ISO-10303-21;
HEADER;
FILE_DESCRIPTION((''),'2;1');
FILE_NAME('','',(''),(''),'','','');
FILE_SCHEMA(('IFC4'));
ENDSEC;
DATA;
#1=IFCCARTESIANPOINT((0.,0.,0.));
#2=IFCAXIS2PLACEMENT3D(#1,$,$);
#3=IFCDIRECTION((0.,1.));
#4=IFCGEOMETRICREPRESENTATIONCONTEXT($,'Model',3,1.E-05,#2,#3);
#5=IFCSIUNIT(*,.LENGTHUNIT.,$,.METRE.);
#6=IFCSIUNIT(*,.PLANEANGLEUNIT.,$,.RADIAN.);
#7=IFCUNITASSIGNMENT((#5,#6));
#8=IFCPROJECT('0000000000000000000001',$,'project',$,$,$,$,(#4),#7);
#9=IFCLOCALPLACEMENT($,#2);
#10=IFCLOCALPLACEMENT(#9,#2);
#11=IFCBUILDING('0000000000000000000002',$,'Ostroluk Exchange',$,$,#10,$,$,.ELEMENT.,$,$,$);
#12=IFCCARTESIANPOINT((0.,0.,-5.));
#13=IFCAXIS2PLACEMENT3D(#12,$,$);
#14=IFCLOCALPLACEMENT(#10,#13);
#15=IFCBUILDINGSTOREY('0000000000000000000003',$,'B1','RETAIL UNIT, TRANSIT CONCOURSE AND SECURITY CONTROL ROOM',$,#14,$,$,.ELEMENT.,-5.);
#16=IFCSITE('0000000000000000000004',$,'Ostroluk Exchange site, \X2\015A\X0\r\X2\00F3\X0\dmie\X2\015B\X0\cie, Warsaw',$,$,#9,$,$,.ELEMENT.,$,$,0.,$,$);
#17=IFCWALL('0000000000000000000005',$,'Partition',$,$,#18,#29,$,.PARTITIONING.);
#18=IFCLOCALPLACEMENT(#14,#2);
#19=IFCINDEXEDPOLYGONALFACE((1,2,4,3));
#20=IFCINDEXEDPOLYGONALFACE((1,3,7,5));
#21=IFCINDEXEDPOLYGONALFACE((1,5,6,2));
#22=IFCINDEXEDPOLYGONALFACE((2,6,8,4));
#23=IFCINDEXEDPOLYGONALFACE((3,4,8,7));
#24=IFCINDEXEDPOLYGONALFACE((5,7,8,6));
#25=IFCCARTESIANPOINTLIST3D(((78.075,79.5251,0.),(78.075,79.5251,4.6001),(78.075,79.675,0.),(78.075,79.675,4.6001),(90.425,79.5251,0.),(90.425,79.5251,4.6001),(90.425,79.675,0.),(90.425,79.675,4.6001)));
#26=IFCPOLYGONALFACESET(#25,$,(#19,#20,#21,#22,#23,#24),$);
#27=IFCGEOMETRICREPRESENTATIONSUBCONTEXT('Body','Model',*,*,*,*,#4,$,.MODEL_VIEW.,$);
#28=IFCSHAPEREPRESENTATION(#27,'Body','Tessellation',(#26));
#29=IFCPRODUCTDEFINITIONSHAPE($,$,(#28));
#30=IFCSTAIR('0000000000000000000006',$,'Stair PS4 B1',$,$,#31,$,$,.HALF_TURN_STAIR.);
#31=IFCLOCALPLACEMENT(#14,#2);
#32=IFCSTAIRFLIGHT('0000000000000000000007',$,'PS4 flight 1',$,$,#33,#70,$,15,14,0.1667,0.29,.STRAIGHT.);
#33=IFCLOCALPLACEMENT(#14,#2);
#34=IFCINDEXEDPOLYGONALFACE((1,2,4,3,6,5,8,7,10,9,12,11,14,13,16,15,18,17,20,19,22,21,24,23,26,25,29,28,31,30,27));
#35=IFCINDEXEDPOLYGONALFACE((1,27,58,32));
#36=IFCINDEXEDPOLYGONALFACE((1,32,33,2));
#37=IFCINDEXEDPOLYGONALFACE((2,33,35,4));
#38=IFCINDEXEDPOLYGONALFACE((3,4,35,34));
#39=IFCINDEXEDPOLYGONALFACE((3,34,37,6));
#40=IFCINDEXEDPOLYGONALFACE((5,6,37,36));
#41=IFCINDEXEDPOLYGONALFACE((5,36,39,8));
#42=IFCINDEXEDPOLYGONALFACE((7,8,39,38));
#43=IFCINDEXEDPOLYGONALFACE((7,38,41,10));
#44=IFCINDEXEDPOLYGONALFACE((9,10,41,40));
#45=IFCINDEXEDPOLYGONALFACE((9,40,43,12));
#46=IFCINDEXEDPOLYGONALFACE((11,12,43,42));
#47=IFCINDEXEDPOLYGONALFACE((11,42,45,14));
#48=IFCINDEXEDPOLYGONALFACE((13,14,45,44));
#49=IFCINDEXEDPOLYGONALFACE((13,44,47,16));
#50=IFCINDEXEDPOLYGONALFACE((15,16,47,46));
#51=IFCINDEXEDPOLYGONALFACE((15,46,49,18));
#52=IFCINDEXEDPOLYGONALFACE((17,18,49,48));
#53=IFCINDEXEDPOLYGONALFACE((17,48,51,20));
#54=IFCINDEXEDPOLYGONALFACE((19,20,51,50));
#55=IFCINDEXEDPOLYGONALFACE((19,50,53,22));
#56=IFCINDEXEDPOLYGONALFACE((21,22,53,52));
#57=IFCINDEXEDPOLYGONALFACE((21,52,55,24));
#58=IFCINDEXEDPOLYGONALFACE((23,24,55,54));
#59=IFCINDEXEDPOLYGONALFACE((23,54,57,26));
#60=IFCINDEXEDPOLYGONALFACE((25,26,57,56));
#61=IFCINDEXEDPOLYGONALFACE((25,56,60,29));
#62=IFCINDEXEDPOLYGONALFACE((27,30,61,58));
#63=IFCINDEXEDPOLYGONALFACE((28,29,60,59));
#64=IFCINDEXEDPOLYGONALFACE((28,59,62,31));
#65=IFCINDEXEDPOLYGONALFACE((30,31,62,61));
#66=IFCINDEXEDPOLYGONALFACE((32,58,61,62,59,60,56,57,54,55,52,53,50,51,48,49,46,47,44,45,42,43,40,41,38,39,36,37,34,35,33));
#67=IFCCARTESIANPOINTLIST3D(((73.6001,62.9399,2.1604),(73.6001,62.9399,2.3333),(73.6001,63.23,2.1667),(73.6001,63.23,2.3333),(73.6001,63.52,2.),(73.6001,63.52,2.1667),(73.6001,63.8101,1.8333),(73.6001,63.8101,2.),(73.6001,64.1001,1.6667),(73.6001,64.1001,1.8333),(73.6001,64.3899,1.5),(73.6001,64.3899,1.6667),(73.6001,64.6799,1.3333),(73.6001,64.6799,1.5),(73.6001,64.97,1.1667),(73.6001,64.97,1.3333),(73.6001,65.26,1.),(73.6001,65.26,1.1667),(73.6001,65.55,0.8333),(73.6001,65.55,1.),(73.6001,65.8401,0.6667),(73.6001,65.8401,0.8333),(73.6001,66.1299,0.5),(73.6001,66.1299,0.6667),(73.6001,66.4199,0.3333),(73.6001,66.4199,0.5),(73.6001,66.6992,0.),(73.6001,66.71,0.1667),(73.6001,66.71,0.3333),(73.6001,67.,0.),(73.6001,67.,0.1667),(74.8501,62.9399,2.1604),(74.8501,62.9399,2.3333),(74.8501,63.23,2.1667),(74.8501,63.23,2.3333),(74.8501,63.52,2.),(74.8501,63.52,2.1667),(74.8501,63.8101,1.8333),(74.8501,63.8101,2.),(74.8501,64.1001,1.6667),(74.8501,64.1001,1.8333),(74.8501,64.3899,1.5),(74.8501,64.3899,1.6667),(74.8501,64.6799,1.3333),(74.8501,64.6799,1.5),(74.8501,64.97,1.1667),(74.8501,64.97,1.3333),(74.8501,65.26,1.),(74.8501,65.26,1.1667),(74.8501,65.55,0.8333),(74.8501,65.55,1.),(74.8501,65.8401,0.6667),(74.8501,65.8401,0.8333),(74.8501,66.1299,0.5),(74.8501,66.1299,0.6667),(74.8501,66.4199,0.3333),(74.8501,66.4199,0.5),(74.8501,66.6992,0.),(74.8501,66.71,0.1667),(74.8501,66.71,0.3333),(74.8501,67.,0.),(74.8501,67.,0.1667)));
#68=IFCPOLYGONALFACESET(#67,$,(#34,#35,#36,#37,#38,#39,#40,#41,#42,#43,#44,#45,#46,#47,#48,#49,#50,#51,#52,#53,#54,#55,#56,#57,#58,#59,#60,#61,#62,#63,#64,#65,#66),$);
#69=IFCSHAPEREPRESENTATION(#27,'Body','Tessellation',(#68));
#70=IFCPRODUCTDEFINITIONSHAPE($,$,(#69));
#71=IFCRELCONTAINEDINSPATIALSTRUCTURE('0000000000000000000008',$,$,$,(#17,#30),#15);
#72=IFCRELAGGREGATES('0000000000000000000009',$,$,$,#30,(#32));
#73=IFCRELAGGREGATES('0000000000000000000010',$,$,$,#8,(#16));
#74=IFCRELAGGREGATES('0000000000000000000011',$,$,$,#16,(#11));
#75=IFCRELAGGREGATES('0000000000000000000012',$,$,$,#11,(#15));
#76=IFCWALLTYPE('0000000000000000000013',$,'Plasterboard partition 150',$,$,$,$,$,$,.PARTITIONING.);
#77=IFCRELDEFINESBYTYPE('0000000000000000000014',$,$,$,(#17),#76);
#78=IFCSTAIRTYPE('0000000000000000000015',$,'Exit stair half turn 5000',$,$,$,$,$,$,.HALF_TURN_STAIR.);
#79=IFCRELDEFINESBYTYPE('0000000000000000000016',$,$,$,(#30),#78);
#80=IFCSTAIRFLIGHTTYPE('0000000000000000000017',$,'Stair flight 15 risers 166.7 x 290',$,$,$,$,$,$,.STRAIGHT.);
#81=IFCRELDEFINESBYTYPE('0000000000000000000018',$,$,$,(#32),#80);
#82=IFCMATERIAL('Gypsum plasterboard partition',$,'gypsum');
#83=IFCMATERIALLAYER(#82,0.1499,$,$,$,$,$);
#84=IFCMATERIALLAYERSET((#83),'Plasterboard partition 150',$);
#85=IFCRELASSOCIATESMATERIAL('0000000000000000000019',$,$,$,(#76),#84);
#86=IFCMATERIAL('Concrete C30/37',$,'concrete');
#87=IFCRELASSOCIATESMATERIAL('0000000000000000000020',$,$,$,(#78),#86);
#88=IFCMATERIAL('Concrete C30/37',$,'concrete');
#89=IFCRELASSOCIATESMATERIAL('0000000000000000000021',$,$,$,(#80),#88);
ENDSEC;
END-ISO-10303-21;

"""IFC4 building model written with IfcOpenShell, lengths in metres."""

from ifc_helpers import new_model, si_unit, direction, frame, frame_2d, origin, place, context, subcontext, project, spatial, polyline, rectangle, outline, extrude, material, layer, layer_set, type_object, element, aggregate, save


model = new_model("IFC4")

# Units and contexts
model_context = context("Model", 3, precision=1e-05, world=origin(), true_north=direction((0.0, 1.0)))
body_context = subcontext(model_context, "Body", "Model", "MODEL_VIEW")
ifc_project = project(units=[si_unit("LENGTHUNIT", "METRE"), si_unit("PLANEANGLEUNIT", "RADIAN")], contexts=[model_context])

# Site, building, storey
site_placement = place(None, origin())
site = spatial("IfcSite", under=ifc_project, at=site_placement, Name="Ostroluk Exchange site, Śródmieście, Warsaw", CompositionType="ELEMENT", RefElevation=0.0)
building_placement = place(site_placement, origin())
building = spatial("IfcBuilding", under=site, at=building_placement, Name="Ostroluk Exchange", CompositionType="ELEMENT")
storey_placement = place(building_placement, frame((0.0, 0.0, -5.0)))
storey = spatial("IfcBuildingStorey", under=building, at=storey_placement, Name="B1", Description="RETAIL UNIT, TRANSIT CONCOURSE AND SECURITY CONTROL ROOM", CompositionType="ELEMENT", Elevation=-5.0)

# Shared definitions
ifc_material_1 = material(Name="Gypsum plasterboard partition", Category="gypsum")
ifc_layer_1 = layer(ifc_material_1, 0.1499)
ifc_layer_set_1 = layer_set([ifc_layer_1], Name="Plasterboard partition 150")
wall_type_1 = type_object("IfcWallType", Name="Plasterboard partition 150", PredefinedType="PARTITIONING", material=ifc_layer_set_1)

# Wall
for number, where, z_axis, x_axis, name in (
    (1, (78.075, 79.6001, 0.0), (0.0, 0.0, 1.0), (1.0, 0.0, 0.0), "Partition"),
):
    element("IfcWall", number, at=place(storey_placement, frame(where, z_axis=z_axis, x_axis=x_axis)), inside=storey, type_object=wall_type_1, Name=name, PredefinedType="PARTITIONING", context=body_context, shape_type="SweptSolid", body=[
        extrude(rectangle(XDim=12.3501, YDim=0.1499, at=frame_2d((6.175, 0.0))), origin(), (0.0, 0.0, 1.0), 4.6001),
    ])

# Stair, stair flight
ifc_material_2 = material(Name="Concrete C30/37", Category="concrete")
stair_type = type_object("IfcStairType", Name="Exit stair half turn 5000", PredefinedType="HALF_TURN_STAIR", material=ifc_material_2)
stair_placement = place(storey_placement, origin())
stair = element("IfcStair", 2, at=stair_placement, inside=storey, type_object=stair_type, Name="Stair PS4 B1", PredefinedType="HALF_TURN_STAIR")
ifc_material_3 = material(Name="Concrete C30/37", Category="concrete")
stair_flight_type = type_object("IfcStairFlightType", Name="Stair flight 15 risers 166.7 x 290", PredefinedType="STRAIGHT", material=ifc_material_3)
stair_flight_placement = place(storey_placement, frame((74.2251, 67.0, 0.0), z_axis=(0.0, 0.0, 1.0), x_axis=(0.0, -1.0, 0.0)))
stair_flight = element("IfcStairFlight", 3, at=stair_flight_placement, type_object=stair_flight_type, Name="PS4 flight 1", NumberOfRisers=15, NumberOfTreads=14, PredefinedType="STRAIGHT", RiserHeight=0.1667, TreadLength=0.29, context=body_context, shape_type="SweptSolid", body=[
    extrude(outline(polyline([(0.0, 0.0), (0.0, 0.1667), (0.29, 0.1667), (0.29, 0.3333), (0.5801, 0.3333), (0.5801, 0.5), (0.8701, 0.5), (0.8701, 0.6667), (1.1599, 0.6667), (1.1599, 0.8333), (1.45, 0.8333), (1.45, 1.0), (1.74, 1.0), (1.74, 1.1667), (2.03, 1.1667), (2.03, 1.3333), (2.3201, 1.3333), (2.3201, 1.5), (2.6101, 1.5), (2.6101, 1.6667), (2.8999, 1.6667), (2.8999, 1.8333), (3.1899, 1.8333), (3.1899, 2.0), (3.48, 2.0), (3.48, 2.1667), (3.77, 2.1667), (3.77, 2.3333), (4.0601, 2.3333), (4.0601, 2.5), (4.0601, 2.1604), (0.3008, 0.0), (0.0, 0.0)])), frame((0.0, 0.625, 0.0), z_axis=(0.0, -1.0, 0.0), x_axis=(1.0, 0.0, 0.0)), (0.0, 0.0, 1.0), 1.25),
])
aggregate(stair, [stair_flight])

save(model, "model.ifc")
